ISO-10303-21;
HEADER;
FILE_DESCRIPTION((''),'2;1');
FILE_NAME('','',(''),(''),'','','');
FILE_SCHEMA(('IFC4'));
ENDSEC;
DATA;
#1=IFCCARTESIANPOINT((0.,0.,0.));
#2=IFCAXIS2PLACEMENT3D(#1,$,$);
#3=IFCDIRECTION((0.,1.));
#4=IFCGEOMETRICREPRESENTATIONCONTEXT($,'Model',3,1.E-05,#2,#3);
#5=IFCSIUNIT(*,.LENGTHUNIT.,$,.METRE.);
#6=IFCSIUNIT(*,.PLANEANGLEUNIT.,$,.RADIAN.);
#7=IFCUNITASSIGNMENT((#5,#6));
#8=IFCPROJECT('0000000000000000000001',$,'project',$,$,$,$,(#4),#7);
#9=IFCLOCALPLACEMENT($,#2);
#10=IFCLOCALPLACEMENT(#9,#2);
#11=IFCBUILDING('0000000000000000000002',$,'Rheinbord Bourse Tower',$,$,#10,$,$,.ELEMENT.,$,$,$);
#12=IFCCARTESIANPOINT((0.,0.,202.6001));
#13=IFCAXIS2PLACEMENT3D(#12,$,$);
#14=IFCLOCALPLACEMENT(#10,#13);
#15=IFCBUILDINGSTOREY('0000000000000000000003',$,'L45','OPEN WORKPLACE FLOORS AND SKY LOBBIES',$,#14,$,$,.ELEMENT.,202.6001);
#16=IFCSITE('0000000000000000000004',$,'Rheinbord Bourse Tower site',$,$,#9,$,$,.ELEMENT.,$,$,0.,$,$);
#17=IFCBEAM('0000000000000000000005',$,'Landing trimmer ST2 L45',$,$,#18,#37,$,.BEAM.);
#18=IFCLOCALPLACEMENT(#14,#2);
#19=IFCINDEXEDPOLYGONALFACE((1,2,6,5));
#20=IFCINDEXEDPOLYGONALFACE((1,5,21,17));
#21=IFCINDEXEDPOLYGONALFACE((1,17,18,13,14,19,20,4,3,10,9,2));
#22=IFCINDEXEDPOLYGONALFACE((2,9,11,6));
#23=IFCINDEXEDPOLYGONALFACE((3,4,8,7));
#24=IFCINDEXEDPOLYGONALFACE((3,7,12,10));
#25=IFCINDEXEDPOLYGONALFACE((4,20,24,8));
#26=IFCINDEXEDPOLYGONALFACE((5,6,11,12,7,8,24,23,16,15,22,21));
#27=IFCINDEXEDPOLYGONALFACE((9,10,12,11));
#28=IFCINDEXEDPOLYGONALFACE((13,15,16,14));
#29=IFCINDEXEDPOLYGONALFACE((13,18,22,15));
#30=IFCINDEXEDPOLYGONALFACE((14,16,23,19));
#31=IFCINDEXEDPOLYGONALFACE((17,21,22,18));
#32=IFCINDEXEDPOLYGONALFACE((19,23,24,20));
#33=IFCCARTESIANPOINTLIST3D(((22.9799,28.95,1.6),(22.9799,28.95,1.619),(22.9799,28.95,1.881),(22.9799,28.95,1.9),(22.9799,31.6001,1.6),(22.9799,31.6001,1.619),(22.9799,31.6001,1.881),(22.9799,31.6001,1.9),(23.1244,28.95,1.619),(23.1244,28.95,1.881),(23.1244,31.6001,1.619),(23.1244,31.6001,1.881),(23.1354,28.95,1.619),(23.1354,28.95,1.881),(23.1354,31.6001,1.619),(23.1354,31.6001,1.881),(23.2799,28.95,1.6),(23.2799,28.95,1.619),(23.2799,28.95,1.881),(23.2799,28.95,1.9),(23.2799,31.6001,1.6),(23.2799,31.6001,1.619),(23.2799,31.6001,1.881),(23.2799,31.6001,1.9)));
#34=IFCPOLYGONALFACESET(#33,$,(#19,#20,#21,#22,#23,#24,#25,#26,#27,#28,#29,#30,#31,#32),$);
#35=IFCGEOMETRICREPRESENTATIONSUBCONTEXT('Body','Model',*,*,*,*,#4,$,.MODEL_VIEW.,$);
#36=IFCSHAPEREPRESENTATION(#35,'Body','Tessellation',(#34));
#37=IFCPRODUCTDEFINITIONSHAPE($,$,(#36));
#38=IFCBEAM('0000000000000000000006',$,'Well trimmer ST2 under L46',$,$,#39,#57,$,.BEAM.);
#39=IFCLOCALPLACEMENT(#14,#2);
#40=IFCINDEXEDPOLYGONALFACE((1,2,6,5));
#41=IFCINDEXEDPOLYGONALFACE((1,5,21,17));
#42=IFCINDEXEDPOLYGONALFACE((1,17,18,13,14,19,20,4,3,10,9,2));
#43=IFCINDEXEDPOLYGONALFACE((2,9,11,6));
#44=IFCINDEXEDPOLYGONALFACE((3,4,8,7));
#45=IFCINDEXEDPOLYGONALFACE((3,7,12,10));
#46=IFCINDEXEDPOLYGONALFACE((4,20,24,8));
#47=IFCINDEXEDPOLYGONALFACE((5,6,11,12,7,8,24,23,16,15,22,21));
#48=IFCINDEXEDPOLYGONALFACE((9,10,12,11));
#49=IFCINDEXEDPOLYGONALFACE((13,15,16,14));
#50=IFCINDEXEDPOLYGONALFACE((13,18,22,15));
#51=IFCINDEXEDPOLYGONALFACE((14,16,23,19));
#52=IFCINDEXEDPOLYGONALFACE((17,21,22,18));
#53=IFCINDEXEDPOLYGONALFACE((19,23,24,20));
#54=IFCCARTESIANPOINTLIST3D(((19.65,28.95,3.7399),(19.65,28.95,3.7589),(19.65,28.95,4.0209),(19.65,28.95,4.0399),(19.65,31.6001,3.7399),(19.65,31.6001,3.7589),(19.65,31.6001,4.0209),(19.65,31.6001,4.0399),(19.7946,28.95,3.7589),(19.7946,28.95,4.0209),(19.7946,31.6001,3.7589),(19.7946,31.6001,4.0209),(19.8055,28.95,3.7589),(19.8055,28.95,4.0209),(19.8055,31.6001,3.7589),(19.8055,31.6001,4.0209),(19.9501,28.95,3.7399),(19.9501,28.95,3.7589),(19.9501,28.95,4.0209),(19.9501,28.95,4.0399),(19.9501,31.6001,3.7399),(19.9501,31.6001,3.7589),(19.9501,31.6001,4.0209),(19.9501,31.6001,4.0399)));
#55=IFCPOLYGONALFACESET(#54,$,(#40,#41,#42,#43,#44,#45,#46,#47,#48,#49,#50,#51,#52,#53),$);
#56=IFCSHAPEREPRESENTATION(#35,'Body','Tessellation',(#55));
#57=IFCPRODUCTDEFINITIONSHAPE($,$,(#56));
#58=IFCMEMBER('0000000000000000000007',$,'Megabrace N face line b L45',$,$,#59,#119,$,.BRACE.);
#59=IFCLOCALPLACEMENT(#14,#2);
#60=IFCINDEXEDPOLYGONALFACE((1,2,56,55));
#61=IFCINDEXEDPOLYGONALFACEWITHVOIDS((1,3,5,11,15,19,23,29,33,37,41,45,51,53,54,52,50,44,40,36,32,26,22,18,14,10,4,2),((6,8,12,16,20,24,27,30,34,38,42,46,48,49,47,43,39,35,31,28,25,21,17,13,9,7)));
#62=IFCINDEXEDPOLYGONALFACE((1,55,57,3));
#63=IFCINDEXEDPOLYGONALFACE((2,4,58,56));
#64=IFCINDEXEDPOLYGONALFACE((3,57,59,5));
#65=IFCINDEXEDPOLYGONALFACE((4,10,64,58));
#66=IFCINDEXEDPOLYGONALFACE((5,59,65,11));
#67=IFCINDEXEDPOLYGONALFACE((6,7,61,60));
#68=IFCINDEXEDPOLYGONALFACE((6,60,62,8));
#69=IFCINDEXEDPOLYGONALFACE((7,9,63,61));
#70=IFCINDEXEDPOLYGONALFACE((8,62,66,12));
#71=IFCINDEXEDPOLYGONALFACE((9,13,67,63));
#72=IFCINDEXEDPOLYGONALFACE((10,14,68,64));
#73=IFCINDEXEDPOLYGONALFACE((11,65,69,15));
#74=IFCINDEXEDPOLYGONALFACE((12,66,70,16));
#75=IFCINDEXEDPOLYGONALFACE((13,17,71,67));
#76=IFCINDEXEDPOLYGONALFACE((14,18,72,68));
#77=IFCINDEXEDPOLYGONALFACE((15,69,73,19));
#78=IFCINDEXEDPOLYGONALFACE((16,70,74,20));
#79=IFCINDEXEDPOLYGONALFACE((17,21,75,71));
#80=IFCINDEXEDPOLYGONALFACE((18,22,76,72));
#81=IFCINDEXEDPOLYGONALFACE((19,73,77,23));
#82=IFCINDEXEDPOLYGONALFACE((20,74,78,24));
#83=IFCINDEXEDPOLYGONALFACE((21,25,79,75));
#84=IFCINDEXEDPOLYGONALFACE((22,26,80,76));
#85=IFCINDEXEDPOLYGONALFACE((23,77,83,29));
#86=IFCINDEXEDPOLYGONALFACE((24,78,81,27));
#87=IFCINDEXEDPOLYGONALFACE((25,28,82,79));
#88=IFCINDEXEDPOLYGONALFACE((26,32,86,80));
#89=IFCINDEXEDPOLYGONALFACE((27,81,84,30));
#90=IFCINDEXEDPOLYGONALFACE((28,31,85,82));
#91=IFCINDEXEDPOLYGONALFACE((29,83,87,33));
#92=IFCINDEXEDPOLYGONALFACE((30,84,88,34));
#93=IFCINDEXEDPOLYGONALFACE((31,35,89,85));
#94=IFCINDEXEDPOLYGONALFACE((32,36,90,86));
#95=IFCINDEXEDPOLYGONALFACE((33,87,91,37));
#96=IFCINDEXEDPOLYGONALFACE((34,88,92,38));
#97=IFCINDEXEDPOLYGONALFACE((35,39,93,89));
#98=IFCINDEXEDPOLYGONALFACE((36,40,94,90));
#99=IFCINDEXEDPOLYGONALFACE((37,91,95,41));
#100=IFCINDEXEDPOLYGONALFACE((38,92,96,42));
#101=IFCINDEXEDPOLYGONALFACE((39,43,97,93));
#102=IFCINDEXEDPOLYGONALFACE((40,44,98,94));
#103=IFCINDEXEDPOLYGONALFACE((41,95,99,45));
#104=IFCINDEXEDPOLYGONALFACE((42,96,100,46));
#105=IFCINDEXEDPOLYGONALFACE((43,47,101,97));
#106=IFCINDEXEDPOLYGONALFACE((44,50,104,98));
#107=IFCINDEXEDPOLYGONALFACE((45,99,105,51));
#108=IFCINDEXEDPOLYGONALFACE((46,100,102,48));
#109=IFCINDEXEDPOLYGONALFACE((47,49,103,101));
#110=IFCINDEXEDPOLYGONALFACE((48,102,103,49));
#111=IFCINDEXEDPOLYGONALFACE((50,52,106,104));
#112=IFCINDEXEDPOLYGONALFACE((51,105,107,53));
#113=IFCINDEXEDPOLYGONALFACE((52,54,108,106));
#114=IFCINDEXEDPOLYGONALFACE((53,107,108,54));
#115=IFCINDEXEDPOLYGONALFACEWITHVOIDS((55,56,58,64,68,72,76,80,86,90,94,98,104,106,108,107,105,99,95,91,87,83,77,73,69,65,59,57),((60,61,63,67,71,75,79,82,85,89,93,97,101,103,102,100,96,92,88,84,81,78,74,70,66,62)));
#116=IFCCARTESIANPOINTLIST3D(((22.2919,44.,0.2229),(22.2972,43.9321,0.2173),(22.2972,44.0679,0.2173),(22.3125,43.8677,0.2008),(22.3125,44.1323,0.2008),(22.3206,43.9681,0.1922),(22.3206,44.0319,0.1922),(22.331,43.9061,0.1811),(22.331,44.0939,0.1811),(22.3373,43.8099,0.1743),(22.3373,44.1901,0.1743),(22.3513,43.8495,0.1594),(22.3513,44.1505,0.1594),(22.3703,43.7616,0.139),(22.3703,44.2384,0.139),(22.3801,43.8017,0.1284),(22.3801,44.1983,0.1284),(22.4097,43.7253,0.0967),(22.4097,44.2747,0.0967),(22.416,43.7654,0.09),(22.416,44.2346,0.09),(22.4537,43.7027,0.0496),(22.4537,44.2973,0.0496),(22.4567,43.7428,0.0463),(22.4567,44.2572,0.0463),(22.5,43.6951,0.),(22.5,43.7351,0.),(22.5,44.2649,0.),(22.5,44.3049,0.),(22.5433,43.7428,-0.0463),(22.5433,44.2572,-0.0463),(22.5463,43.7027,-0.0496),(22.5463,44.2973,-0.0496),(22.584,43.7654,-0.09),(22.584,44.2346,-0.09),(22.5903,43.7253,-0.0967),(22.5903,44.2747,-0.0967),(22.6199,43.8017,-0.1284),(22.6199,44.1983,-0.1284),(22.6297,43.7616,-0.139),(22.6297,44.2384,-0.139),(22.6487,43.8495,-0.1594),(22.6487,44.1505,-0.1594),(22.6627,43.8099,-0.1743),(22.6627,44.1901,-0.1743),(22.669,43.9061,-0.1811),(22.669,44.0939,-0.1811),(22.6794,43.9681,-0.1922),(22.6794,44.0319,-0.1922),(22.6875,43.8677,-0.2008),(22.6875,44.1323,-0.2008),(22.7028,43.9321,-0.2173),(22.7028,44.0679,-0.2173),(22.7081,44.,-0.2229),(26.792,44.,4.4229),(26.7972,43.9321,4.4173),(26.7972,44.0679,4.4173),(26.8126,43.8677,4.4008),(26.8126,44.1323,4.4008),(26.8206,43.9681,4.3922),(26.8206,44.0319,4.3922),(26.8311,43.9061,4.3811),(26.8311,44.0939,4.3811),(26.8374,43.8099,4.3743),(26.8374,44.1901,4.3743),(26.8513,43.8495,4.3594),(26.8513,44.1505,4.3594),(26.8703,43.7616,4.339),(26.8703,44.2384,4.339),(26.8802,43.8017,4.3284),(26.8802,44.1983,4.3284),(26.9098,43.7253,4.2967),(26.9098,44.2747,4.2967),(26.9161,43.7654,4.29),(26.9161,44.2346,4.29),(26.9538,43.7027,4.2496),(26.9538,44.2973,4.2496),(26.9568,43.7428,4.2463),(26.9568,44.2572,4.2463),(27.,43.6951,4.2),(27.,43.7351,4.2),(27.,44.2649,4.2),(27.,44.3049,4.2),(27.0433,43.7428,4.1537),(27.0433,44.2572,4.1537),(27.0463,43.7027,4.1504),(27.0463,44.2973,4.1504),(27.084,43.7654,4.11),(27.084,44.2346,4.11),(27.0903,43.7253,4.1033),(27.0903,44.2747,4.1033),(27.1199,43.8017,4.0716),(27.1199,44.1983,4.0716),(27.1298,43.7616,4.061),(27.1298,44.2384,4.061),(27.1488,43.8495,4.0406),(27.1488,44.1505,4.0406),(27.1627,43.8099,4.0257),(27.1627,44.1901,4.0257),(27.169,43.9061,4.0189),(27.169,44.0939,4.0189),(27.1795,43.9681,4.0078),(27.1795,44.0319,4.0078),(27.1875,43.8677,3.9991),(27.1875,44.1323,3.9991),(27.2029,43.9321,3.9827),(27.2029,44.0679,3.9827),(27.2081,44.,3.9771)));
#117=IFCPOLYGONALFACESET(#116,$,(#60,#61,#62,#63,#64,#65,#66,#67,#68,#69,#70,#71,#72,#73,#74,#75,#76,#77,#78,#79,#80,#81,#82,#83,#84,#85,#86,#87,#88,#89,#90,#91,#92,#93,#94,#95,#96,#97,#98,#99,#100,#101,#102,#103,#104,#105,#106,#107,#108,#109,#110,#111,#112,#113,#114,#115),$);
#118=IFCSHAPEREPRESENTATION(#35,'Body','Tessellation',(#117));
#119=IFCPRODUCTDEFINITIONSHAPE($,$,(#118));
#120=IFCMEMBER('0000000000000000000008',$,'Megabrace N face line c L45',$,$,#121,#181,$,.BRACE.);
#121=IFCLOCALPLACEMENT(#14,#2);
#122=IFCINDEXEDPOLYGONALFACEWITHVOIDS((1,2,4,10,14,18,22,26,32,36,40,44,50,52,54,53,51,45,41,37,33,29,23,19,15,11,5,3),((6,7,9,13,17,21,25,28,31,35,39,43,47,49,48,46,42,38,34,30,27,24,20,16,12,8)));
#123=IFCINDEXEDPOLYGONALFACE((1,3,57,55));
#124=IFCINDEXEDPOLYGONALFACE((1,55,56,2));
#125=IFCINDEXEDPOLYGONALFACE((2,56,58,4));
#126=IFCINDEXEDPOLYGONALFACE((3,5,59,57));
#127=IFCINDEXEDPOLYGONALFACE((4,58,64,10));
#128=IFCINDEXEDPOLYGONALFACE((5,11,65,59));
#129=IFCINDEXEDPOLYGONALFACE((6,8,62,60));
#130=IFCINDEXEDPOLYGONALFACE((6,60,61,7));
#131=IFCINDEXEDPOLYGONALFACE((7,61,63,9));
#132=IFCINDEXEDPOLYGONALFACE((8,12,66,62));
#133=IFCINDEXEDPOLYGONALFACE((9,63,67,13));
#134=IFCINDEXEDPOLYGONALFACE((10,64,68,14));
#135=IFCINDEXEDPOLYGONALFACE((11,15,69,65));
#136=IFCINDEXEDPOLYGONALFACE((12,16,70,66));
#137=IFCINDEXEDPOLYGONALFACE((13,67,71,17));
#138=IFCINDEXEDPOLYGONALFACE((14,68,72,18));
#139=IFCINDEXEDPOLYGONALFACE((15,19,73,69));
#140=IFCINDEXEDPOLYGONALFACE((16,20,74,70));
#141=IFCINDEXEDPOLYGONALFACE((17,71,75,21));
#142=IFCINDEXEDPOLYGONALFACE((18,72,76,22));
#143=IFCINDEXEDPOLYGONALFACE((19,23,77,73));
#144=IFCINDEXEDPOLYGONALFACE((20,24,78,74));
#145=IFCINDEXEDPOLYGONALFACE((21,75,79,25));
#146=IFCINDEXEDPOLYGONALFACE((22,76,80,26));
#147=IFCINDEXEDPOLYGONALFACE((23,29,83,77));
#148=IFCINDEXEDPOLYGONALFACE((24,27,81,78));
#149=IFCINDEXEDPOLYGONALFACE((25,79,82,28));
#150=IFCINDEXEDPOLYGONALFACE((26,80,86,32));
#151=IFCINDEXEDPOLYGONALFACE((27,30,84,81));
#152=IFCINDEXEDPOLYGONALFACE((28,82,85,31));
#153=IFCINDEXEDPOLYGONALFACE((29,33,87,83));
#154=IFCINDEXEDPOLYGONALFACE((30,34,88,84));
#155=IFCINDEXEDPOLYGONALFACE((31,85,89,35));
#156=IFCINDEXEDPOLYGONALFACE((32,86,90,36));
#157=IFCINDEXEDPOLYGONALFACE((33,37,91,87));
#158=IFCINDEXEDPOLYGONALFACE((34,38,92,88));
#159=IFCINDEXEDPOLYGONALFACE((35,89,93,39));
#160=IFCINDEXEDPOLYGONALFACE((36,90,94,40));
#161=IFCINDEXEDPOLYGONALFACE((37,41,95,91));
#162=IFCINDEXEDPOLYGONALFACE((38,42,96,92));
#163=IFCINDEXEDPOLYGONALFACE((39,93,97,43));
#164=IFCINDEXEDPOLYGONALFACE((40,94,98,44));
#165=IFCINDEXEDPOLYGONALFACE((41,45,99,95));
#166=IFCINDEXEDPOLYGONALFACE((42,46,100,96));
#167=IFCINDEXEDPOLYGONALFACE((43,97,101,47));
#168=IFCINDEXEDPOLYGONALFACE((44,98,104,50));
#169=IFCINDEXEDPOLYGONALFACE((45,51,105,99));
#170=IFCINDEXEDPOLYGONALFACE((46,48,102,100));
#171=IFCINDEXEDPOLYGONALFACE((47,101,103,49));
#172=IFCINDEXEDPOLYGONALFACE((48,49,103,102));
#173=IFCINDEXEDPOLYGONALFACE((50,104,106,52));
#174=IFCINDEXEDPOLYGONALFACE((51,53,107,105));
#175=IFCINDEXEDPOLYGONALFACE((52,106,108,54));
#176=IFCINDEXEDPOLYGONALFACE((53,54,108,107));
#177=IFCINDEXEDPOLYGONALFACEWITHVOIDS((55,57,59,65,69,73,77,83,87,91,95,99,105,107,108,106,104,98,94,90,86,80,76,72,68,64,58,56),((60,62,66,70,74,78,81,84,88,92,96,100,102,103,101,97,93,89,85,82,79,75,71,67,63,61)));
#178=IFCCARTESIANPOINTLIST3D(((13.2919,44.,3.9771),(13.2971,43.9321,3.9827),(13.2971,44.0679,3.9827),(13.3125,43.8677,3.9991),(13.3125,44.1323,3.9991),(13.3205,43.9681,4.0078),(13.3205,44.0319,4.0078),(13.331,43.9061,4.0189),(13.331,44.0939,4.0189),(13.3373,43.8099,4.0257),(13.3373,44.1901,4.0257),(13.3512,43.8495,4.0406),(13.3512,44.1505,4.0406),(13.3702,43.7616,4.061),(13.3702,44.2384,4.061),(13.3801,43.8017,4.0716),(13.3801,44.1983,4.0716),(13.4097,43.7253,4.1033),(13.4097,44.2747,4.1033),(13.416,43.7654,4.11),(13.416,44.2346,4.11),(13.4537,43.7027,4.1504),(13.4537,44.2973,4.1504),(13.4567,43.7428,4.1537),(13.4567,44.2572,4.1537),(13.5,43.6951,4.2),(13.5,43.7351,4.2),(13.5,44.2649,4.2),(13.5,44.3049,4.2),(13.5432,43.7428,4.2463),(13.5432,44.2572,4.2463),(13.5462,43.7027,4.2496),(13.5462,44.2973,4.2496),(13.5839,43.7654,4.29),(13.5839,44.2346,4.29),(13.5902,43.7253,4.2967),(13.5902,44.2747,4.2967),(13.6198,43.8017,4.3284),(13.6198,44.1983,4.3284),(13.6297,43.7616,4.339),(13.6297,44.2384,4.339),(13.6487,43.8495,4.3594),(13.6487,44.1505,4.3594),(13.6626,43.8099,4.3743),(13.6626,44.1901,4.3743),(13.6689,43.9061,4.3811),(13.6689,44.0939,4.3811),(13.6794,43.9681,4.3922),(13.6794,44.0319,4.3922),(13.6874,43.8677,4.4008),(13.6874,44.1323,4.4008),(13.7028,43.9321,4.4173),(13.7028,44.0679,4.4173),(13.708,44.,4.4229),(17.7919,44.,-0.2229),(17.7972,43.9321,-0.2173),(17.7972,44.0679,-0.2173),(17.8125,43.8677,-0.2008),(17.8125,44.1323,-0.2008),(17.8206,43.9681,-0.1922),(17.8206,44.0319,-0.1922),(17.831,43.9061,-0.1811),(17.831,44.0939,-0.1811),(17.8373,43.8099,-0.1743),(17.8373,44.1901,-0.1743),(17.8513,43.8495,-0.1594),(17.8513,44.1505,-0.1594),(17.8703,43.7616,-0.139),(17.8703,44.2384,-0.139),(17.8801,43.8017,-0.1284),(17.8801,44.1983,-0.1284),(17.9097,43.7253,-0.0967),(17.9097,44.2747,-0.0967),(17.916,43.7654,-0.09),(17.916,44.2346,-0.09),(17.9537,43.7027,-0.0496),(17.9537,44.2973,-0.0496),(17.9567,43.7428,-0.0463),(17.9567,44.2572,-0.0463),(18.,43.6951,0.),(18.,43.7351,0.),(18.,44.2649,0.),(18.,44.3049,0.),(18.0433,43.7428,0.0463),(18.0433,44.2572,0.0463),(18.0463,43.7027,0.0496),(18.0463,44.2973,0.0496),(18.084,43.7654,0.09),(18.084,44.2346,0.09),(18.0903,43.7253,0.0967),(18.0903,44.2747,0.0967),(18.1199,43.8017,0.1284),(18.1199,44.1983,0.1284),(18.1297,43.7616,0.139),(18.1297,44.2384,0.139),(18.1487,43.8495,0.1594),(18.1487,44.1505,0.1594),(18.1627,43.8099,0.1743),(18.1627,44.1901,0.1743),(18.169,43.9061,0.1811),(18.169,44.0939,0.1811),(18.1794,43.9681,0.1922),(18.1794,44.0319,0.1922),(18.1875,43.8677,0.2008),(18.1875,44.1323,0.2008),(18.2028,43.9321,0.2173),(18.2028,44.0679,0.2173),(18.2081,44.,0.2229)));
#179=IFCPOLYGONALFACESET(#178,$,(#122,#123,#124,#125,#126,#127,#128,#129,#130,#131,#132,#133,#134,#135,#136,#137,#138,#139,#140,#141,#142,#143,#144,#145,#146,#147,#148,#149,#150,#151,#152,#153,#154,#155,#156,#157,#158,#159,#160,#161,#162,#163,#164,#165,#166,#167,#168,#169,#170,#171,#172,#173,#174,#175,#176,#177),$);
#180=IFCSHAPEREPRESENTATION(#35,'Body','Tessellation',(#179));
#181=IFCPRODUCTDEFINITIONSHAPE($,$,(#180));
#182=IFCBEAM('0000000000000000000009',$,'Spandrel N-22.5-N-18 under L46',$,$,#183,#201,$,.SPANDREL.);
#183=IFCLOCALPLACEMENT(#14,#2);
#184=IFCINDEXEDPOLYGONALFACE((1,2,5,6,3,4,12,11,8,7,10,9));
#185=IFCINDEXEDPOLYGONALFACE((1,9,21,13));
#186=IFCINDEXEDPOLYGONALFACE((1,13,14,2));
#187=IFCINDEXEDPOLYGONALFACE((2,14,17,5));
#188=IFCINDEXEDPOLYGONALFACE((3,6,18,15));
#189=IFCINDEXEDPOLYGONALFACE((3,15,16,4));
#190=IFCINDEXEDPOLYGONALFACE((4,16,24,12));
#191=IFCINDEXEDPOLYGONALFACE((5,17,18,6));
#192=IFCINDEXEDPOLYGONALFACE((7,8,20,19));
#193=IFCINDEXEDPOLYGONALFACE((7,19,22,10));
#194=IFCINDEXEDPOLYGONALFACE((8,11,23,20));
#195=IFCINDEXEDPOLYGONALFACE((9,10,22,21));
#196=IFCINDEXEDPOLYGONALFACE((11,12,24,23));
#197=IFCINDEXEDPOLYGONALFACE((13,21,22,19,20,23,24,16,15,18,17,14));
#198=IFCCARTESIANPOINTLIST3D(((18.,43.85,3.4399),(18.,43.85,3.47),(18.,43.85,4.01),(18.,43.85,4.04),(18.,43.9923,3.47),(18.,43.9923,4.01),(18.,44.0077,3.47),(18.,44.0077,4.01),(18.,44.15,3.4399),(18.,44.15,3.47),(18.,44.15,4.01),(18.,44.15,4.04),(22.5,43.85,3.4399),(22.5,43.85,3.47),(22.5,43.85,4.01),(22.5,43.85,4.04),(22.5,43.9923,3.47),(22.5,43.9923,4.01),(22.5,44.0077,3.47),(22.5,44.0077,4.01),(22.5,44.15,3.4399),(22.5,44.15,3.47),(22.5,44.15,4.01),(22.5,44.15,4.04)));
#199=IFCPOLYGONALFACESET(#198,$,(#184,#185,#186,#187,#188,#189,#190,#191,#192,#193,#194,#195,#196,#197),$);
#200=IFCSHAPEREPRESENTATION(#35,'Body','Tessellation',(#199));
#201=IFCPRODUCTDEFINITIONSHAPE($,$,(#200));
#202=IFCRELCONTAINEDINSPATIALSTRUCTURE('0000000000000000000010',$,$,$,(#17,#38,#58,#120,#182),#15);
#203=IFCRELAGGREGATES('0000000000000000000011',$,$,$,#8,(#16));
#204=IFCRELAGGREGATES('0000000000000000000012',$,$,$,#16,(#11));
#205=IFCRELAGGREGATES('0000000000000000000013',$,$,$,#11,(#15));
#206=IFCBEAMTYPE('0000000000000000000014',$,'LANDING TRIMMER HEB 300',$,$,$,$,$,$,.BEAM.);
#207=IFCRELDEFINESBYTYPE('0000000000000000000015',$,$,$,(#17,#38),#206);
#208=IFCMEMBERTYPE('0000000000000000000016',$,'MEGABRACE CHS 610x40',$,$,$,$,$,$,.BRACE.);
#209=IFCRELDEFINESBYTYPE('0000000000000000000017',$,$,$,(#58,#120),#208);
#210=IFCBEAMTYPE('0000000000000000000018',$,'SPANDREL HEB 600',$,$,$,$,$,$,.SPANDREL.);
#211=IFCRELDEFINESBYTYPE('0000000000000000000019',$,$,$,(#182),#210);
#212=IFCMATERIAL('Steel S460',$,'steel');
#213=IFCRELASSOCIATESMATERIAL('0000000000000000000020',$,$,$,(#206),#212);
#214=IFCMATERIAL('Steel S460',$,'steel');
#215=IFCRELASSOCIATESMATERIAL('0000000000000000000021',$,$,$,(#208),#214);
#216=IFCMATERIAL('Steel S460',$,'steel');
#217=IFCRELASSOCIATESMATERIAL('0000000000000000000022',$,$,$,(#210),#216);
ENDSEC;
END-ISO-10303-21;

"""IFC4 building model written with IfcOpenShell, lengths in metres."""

from ifc_helpers import new_model, si_unit, direction, frame, origin, origin_2d, place, context, subcontext, project, spatial, hollow_circle, i_section, extrude, material, material_profile, profile_set, type_object, element, save


model = new_model("IFC4")

# Units and contexts
model_context = context("Model", 3, precision=1e-05, world=origin(), true_north=direction((0.0, 1.0)))
body_context = subcontext(model_context, "Body", "Model", "MODEL_VIEW")
ifc_project = project(units=[si_unit("LENGTHUNIT", "METRE"), si_unit("PLANEANGLEUNIT", "RADIAN")], contexts=[model_context])

# Site, building, storey
site_placement = place(None, origin())
site = spatial("IfcSite", under=ifc_project, at=site_placement, Name="Rheinbord Bourse Tower site", CompositionType="ELEMENT", RefElevation=0.0)
building_placement = place(site_placement, origin())
building = spatial("IfcBuilding", under=site, at=building_placement, Name="Rheinbord Bourse Tower", CompositionType="ELEMENT")
storey_placement = place(building_placement, frame((0.0, 0.0, 202.6001)))
storey = spatial("IfcBuildingStorey", under=building, at=storey_placement, Name="L45", Description="OPEN WORKPLACE FLOORS AND SKY LOBBIES", CompositionType="ELEMENT", Elevation=202.6001)

# Beams
ifc_material_1 = material(Name="Steel S460", Category="steel")
ifc_material_profile_1 = material_profile(ifc_material_1, i_section(OverallWidth=0.3, OverallDepth=0.3, WebThickness=0.011, FlangeThickness=0.019, at=origin_2d()), Name="HEB 300")
ifc_profile_set_1 = profile_set([ifc_material_profile_1], Name="Steel S460")
beam_type_1 = type_object("IfcBeamType", Name="LANDING TRIMMER HEB 300", PredefinedType="BEAM", material=ifc_profile_set_1)
for number, where, z_axis, x_axis, name in (
    (1, (23.1299, 28.95, 1.75), (0.0, 1.0, 0.0), (-1.0, 0.0, 0.0), "Landing trimmer ST2 L45"),
    (2, (19.8, 28.95, 3.8899), (0.0, 1.0, 0.0), (-1.0, 0.0, 0.0), "Well trimmer ST2 under L46"),
):
    element("IfcBeam", number, at=place(storey_placement, frame(where, z_axis=z_axis, x_axis=x_axis)), inside=storey, type_object=beam_type_1, Name=name, PredefinedType="BEAM", context=body_context, shape_type="SweptSolid", body=[
        extrude(i_section(OverallWidth=0.3, OverallDepth=0.3, WebThickness=0.011, FlangeThickness=0.019, at=origin_2d()), origin(), (0.0, 0.0, 1.0), 2.6501),
    ])

# Members
ifc_material_2 = material(Name="Steel S460", Category="steel")
ifc_material_profile_2 = material_profile(ifc_material_2, hollow_circle(Radius=0.3049, WallThickness=0.04, at=origin_2d()), Name="CHS 610x40")
ifc_profile_set_2 = profile_set([ifc_material_profile_2], Name="Steel S460")
member_type_1 = type_object("IfcMemberType", Name="MEGABRACE CHS 610x40", PredefinedType="BRACE", material=ifc_profile_set_2)
for number, where, z_axis, x_axis, name in (
    (3, (22.5, 44.0, 0.0), (0.731059, 0.0, 0.682314), (0.0, 1.0, 0.0), "Megabrace N face line b L45"),
    (4, (18.0, 44.0, 0.0), (-0.731059, 0.0, 0.682314), (0.0, -1.0, 0.0), "Megabrace N face line c L45"),
):
    element("IfcMember", number, at=place(storey_placement, frame(where, z_axis=z_axis, x_axis=x_axis)), inside=storey, type_object=member_type_1, Name=name, PredefinedType="BRACE", context=body_context, shape_type="SweptSolid", body=[
        extrude(hollow_circle(Radius=0.3049, WallThickness=0.04, at=origin_2d()), origin(), (0.0, 0.0, 1.0), 6.1555),
    ])

# Beam
ifc_material_3 = material(Name="Steel S460", Category="steel")
ifc_material_profile_3 = material_profile(ifc_material_3, i_section(OverallWidth=0.3, OverallDepth=0.6001, WebThickness=0.0154, FlangeThickness=0.03, at=origin_2d()), Name="HEB 600")
ifc_profile_set_3 = profile_set([ifc_material_profile_3], Name="Steel S460")
beam_type_2 = type_object("IfcBeamType", Name="SPANDREL HEB 600", PredefinedType="SPANDREL", material=ifc_profile_set_3)
for number, where, z_axis, x_axis, name in (
    (5, (22.5, 44.0, 3.74), (-1.0, 0.0, 0.0), (0.0, -1.0, 0.0), "Spandrel N-22.5-N-18 under L46"),
):
    element("IfcBeam", number, at=place(storey_placement, frame(where, z_axis=z_axis, x_axis=x_axis)), inside=storey, type_object=beam_type_2, Name=name, PredefinedType="SPANDREL", context=body_context, shape_type="SweptSolid", body=[
        extrude(i_section(OverallWidth=0.3, OverallDepth=0.6001, WebThickness=0.0154, FlangeThickness=0.03, at=origin_2d()), origin(), (0.0, 0.0, 1.0), 4.5),
    ])

save(model, "model.ifc")
